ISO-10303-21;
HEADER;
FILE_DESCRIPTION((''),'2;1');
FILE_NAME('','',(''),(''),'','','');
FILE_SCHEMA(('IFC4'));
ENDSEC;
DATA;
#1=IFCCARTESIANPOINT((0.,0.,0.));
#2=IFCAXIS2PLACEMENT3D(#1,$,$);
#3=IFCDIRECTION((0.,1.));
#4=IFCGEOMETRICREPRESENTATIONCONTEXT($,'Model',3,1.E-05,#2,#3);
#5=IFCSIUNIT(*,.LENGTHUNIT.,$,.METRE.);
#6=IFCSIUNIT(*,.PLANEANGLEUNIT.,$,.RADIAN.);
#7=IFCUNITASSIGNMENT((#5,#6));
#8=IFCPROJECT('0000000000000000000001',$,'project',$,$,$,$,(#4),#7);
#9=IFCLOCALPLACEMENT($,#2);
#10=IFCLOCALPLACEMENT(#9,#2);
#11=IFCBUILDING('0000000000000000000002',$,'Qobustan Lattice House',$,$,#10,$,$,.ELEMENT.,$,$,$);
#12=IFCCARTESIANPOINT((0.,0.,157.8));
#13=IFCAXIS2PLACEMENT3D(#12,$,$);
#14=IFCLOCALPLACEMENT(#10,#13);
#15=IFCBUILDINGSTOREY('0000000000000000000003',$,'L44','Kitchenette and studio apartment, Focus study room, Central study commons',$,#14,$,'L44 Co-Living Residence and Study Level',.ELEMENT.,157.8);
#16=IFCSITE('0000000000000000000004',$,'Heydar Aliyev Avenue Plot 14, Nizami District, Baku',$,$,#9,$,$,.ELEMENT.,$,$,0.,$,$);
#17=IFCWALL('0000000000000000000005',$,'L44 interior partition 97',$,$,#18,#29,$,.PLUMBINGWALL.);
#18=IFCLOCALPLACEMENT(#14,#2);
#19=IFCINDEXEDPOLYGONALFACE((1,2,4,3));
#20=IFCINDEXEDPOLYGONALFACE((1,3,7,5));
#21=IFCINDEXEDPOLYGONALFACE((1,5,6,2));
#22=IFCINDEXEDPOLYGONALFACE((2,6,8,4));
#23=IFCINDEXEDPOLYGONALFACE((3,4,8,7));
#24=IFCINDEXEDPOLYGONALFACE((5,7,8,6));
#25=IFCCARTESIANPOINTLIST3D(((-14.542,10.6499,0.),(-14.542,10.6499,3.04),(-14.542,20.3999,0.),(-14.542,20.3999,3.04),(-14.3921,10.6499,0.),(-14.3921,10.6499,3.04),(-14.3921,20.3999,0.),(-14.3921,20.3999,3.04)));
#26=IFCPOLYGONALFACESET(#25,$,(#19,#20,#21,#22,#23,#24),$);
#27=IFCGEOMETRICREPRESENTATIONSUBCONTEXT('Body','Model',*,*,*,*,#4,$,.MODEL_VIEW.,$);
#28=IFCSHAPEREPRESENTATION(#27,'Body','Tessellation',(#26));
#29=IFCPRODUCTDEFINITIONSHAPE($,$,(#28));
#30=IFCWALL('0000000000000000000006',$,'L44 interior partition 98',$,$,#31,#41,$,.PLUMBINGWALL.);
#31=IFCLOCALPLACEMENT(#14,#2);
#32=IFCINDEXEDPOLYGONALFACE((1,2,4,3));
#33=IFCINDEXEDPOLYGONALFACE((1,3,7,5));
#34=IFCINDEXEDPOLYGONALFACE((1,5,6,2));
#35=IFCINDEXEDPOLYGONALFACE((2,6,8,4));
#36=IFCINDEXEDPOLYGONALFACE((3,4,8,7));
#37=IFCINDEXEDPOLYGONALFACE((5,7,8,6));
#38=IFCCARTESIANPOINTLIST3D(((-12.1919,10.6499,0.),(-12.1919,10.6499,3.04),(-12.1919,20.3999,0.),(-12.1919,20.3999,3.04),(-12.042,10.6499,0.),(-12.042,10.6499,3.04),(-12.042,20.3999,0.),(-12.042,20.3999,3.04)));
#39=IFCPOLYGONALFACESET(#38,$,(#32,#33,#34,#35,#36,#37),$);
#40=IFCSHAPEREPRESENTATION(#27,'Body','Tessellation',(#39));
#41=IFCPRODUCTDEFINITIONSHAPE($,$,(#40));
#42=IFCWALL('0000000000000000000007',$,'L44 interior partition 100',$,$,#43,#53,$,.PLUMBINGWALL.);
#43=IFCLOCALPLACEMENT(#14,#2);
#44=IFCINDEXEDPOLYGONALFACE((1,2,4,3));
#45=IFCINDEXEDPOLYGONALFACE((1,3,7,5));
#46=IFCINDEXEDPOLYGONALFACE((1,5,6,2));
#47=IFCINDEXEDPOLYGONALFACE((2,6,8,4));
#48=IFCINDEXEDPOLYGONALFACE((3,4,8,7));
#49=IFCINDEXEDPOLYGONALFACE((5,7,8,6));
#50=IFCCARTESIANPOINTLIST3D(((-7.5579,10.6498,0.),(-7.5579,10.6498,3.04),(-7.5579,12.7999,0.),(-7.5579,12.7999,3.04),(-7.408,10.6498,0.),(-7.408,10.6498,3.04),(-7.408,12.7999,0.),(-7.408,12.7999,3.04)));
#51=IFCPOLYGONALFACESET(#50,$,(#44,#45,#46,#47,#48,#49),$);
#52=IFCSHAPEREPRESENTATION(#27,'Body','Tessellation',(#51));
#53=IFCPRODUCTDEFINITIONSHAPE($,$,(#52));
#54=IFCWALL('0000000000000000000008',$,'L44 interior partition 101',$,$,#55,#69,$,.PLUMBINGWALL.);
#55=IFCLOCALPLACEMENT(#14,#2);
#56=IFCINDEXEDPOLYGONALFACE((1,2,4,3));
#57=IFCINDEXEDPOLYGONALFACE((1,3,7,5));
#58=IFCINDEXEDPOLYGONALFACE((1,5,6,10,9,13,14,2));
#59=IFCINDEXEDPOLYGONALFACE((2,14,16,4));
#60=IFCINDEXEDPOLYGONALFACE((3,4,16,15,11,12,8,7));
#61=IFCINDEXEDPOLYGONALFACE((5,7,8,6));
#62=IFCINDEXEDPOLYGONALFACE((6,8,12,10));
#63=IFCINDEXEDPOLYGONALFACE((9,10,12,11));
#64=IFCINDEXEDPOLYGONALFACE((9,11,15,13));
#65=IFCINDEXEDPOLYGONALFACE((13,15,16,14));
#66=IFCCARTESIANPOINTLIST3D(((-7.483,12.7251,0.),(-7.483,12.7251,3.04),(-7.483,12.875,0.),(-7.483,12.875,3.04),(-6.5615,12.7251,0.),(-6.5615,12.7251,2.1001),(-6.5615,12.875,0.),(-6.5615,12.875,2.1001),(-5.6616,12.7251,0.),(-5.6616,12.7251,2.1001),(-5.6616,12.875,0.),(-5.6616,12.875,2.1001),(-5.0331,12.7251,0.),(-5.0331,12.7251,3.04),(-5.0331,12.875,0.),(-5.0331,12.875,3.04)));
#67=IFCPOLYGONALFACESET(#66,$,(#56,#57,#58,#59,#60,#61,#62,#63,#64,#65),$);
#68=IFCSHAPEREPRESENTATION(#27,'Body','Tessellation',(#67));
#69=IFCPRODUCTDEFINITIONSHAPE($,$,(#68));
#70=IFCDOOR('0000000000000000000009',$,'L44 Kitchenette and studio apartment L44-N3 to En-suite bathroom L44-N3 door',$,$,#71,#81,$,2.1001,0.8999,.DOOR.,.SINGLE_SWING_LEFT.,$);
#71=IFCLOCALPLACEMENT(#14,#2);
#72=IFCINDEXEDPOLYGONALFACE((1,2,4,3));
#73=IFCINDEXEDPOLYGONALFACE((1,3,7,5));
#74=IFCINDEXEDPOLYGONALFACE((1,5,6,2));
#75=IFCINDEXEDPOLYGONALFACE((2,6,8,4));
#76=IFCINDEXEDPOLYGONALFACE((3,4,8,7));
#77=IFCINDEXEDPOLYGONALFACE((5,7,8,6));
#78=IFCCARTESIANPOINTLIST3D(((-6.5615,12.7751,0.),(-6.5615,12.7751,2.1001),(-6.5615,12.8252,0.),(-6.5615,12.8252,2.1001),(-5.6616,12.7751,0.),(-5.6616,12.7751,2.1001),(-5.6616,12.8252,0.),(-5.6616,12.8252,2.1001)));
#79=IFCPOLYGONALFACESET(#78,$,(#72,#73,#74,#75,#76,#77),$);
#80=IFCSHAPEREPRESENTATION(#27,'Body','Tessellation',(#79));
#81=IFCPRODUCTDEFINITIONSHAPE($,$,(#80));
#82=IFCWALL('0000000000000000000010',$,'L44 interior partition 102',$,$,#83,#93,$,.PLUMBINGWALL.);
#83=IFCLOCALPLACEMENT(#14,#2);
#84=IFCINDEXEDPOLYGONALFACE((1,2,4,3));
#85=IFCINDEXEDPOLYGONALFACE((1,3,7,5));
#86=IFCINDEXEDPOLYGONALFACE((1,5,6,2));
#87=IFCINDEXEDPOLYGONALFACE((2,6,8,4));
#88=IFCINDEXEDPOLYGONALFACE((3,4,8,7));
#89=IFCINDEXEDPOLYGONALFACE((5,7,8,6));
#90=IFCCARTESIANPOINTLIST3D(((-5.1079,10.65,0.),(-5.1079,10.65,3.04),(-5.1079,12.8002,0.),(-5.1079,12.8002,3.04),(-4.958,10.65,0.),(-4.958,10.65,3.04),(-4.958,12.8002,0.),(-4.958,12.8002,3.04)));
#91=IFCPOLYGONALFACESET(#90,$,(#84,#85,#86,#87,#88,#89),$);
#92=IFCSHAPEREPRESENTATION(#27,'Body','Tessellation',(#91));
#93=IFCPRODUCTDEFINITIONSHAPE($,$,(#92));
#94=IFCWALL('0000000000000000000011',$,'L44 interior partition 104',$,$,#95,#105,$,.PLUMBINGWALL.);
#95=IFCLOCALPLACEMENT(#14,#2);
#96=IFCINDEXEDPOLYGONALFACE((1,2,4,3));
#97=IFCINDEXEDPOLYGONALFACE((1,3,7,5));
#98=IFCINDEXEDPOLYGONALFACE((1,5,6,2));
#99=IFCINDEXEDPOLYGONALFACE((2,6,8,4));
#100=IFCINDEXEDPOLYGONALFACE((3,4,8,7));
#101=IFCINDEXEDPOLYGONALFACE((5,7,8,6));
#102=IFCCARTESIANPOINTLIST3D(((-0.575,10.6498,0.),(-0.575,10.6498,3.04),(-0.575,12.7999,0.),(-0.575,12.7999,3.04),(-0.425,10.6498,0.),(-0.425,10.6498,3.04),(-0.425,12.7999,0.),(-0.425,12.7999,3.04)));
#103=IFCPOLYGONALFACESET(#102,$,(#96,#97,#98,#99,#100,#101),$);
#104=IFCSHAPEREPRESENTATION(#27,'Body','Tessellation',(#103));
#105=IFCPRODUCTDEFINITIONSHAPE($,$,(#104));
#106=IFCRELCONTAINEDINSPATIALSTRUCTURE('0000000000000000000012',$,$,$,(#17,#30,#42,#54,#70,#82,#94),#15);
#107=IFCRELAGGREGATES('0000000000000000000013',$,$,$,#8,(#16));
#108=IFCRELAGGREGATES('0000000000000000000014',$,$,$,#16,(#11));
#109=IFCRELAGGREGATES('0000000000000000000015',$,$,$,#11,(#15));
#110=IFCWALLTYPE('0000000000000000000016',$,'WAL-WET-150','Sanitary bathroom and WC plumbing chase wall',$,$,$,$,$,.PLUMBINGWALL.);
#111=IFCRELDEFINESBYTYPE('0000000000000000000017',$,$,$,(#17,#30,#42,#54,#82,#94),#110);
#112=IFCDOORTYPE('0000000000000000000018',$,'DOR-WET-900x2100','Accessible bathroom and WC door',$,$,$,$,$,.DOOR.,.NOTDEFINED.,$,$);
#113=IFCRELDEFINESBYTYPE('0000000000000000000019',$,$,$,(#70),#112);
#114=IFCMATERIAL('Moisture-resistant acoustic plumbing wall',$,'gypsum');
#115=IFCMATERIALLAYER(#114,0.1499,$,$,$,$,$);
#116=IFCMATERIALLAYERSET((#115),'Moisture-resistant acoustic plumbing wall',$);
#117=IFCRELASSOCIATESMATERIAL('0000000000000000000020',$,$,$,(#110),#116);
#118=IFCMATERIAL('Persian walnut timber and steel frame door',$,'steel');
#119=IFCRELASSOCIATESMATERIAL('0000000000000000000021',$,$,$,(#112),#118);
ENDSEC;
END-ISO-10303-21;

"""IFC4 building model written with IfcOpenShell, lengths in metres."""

from ifc_helpers import new_model, si_unit, direction, frame, frame_2d, origin, place, context, subcontext, project, spatial, rectangle, extrude, material, layer, layer_set, type_object, element, fill, save


model = new_model("IFC4")

# Units and contexts
model_context = context("Model", 3, precision=1e-05, world=origin(), true_north=direction((0.0, 1.0)))
body_context = subcontext(model_context, "Body", "Model", "MODEL_VIEW")
ifc_project = project(units=[si_unit("LENGTHUNIT", "METRE"), si_unit("PLANEANGLEUNIT", "RADIAN")], contexts=[model_context])

# Site, building, storey
site_placement = place(None, origin())
site = spatial("IfcSite", under=ifc_project, at=site_placement, Name="Heydar Aliyev Avenue Plot 14, Nizami District, Baku", CompositionType="ELEMENT", RefElevation=0.0)
building_placement = place(site_placement, origin())
building = spatial("IfcBuilding", under=site, at=building_placement, Name="Qobustan Lattice House", CompositionType="ELEMENT")
storey_placement = place(building_placement, frame((0.0, 0.0, 157.8)))
storey = spatial("IfcBuildingStorey", under=building, at=storey_placement, Name="L44", Description="Kitchenette and studio apartment, Focus study room, Central study commons", LongName="L44 Co-Living Residence and Study Level", CompositionType="ELEMENT", Elevation=157.8)

# Walls
ifc_material_1 = material(Name="Moisture-resistant acoustic plumbing wall", Category="gypsum")
ifc_layer_1 = layer(ifc_material_1, 0.1499)
ifc_layer_set_1 = layer_set([ifc_layer_1], Name="Moisture-resistant acoustic plumbing wall")
wall_type_1 = type_object("IfcWallType", Name="WAL-WET-150", Description="Sanitary bathroom and WC plumbing chase wall", PredefinedType="PLUMBINGWALL", material=ifc_layer_set_1)
for number, where, z_axis, x_axis, name in (
    (1, (-14.467, 20.3999, 0.0), (0.0, 0.0, 1.0), (0.0, -1.0, 0.0), "L44 interior partition 97"),
    (2, (-12.1169, 20.3999, 0.0), (0.0, 0.0, 1.0), (0.0, -1.0, 0.0), "L44 interior partition 98"),
):
    element("IfcWall", number, at=place(storey_placement, frame(where, z_axis=z_axis, x_axis=x_axis)), inside=storey, type_object=wall_type_1, Name=name, PredefinedType="PLUMBINGWALL", context=body_context, shape_type="SweptSolid", body=[
        extrude(rectangle(XDim=9.75, YDim=0.1499, at=frame_2d((4.875, 0.0))), origin(), (0.0, 0.0, 1.0), 3.04),
    ])
wall_1_placement = place(storey_placement, frame((-7.4829, 12.8, 0.0), z_axis=(0.0, 0.0, 1.0), x_axis=(0.0, -1.0, 0.0)))
element("IfcWall", 3, at=wall_1_placement, inside=storey, type_object=wall_type_1, Name="L44 interior partition 100", PredefinedType="PLUMBINGWALL", context=body_context, shape_type="SweptSolid", body=[
    extrude(rectangle(XDim=2.1501, YDim=0.1499, at=frame_2d((1.0752, 0.0))), origin(), (0.0, 0.0, 1.0), 3.04),
])

# Wall, opening, door
wall_2_placement = place(storey_placement, frame((-5.033, 12.8, 0.0), z_axis=(0.0, 0.0, 1.0), x_axis=(-1.0, 0.0, 0.0)))
wall_2 = element("IfcWall", 4, at=wall_2_placement, inside=storey, type_object=wall_type_1, Name="L44 interior partition 101", PredefinedType="PLUMBINGWALL", context=body_context, shape_type="SweptSolid", body=[
    extrude(rectangle(XDim=2.45, YDim=0.1499, at=frame_2d((1.2251, 0.0))), origin(), (0.0, 0.0, 1.0), 3.04),
])
opening_1_placement = place(wall_2_placement, frame((0.6287, 0.0, 0.0)))
opening_1 = element("IfcOpeningElement", 5, at=opening_1_placement, cuts=wall_2, PredefinedType="OPENING", context=body_context, shape_type="SweptSolid", body=[
    extrude(rectangle(XDim=0.8999, YDim=2.1001, at=frame_2d((0.45, 1.05))), frame((0.0, 0.085, 0.0), z_axis=(0.0, -1.0, 0.0), x_axis=(1.0, 0.0, 0.0)), (0.0, 0.0, 1.0), 0.1699),
])
ifc_material_2 = material(Name="Persian walnut timber and steel frame door", Category="steel")
door_type_1 = type_object("IfcDoorType", Name="DOR-WET-900x2100", Description="Accessible bathroom and WC door", OperationType="NOTDEFINED", PredefinedType="DOOR", material=ifc_material_2)
door_1_placement = place(opening_1_placement, origin())
door_1 = element("IfcDoor", 6, at=door_1_placement, inside=storey, type_object=door_type_1, Name="L44 Kitchenette and studio apartment L44-N3 to En-suite bathroom L44-N3 door", OperationType="SINGLE_SWING_LEFT", OverallHeight=2.1001, OverallWidth=0.8999, PredefinedType="DOOR", context=body_context, shape_type="SweptSolid", body=[
    extrude(rectangle(XDim=0.8999, YDim=2.1001, at=frame_2d((0.45, 1.05))), frame((0.0, 0.0249, 0.0), z_axis=(0.0, -1.0, 0.0), x_axis=(1.0, 0.0, 0.0)), (0.0, 0.0, 1.0), 0.05),
])
fill(opening_1, door_1)

# Walls
for number, where, z_axis, x_axis, name in (
    (7, (-5.033, 10.6499, 0.0), (0.0, 0.0, 1.0), (0.0, 1.0, 0.0), "L44 interior partition 102"),
    (8, (-0.5, 12.8, 0.0), (0.0, 0.0, 1.0), (0.0, -1.0, 0.0), "L44 interior partition 104"),
):
    element("IfcWall", number, at=place(storey_placement, frame(where, z_axis=z_axis, x_axis=x_axis)), inside=storey, type_object=wall_type_1, Name=name, PredefinedType="PLUMBINGWALL", context=body_context, shape_type="SweptSolid", body=[
        extrude(rectangle(XDim=2.1501, YDim=0.1499, at=frame_2d((1.0752, 0.0))), origin(), (0.0, 0.0, 1.0), 3.04),
    ])

save(model, "model.ifc")
